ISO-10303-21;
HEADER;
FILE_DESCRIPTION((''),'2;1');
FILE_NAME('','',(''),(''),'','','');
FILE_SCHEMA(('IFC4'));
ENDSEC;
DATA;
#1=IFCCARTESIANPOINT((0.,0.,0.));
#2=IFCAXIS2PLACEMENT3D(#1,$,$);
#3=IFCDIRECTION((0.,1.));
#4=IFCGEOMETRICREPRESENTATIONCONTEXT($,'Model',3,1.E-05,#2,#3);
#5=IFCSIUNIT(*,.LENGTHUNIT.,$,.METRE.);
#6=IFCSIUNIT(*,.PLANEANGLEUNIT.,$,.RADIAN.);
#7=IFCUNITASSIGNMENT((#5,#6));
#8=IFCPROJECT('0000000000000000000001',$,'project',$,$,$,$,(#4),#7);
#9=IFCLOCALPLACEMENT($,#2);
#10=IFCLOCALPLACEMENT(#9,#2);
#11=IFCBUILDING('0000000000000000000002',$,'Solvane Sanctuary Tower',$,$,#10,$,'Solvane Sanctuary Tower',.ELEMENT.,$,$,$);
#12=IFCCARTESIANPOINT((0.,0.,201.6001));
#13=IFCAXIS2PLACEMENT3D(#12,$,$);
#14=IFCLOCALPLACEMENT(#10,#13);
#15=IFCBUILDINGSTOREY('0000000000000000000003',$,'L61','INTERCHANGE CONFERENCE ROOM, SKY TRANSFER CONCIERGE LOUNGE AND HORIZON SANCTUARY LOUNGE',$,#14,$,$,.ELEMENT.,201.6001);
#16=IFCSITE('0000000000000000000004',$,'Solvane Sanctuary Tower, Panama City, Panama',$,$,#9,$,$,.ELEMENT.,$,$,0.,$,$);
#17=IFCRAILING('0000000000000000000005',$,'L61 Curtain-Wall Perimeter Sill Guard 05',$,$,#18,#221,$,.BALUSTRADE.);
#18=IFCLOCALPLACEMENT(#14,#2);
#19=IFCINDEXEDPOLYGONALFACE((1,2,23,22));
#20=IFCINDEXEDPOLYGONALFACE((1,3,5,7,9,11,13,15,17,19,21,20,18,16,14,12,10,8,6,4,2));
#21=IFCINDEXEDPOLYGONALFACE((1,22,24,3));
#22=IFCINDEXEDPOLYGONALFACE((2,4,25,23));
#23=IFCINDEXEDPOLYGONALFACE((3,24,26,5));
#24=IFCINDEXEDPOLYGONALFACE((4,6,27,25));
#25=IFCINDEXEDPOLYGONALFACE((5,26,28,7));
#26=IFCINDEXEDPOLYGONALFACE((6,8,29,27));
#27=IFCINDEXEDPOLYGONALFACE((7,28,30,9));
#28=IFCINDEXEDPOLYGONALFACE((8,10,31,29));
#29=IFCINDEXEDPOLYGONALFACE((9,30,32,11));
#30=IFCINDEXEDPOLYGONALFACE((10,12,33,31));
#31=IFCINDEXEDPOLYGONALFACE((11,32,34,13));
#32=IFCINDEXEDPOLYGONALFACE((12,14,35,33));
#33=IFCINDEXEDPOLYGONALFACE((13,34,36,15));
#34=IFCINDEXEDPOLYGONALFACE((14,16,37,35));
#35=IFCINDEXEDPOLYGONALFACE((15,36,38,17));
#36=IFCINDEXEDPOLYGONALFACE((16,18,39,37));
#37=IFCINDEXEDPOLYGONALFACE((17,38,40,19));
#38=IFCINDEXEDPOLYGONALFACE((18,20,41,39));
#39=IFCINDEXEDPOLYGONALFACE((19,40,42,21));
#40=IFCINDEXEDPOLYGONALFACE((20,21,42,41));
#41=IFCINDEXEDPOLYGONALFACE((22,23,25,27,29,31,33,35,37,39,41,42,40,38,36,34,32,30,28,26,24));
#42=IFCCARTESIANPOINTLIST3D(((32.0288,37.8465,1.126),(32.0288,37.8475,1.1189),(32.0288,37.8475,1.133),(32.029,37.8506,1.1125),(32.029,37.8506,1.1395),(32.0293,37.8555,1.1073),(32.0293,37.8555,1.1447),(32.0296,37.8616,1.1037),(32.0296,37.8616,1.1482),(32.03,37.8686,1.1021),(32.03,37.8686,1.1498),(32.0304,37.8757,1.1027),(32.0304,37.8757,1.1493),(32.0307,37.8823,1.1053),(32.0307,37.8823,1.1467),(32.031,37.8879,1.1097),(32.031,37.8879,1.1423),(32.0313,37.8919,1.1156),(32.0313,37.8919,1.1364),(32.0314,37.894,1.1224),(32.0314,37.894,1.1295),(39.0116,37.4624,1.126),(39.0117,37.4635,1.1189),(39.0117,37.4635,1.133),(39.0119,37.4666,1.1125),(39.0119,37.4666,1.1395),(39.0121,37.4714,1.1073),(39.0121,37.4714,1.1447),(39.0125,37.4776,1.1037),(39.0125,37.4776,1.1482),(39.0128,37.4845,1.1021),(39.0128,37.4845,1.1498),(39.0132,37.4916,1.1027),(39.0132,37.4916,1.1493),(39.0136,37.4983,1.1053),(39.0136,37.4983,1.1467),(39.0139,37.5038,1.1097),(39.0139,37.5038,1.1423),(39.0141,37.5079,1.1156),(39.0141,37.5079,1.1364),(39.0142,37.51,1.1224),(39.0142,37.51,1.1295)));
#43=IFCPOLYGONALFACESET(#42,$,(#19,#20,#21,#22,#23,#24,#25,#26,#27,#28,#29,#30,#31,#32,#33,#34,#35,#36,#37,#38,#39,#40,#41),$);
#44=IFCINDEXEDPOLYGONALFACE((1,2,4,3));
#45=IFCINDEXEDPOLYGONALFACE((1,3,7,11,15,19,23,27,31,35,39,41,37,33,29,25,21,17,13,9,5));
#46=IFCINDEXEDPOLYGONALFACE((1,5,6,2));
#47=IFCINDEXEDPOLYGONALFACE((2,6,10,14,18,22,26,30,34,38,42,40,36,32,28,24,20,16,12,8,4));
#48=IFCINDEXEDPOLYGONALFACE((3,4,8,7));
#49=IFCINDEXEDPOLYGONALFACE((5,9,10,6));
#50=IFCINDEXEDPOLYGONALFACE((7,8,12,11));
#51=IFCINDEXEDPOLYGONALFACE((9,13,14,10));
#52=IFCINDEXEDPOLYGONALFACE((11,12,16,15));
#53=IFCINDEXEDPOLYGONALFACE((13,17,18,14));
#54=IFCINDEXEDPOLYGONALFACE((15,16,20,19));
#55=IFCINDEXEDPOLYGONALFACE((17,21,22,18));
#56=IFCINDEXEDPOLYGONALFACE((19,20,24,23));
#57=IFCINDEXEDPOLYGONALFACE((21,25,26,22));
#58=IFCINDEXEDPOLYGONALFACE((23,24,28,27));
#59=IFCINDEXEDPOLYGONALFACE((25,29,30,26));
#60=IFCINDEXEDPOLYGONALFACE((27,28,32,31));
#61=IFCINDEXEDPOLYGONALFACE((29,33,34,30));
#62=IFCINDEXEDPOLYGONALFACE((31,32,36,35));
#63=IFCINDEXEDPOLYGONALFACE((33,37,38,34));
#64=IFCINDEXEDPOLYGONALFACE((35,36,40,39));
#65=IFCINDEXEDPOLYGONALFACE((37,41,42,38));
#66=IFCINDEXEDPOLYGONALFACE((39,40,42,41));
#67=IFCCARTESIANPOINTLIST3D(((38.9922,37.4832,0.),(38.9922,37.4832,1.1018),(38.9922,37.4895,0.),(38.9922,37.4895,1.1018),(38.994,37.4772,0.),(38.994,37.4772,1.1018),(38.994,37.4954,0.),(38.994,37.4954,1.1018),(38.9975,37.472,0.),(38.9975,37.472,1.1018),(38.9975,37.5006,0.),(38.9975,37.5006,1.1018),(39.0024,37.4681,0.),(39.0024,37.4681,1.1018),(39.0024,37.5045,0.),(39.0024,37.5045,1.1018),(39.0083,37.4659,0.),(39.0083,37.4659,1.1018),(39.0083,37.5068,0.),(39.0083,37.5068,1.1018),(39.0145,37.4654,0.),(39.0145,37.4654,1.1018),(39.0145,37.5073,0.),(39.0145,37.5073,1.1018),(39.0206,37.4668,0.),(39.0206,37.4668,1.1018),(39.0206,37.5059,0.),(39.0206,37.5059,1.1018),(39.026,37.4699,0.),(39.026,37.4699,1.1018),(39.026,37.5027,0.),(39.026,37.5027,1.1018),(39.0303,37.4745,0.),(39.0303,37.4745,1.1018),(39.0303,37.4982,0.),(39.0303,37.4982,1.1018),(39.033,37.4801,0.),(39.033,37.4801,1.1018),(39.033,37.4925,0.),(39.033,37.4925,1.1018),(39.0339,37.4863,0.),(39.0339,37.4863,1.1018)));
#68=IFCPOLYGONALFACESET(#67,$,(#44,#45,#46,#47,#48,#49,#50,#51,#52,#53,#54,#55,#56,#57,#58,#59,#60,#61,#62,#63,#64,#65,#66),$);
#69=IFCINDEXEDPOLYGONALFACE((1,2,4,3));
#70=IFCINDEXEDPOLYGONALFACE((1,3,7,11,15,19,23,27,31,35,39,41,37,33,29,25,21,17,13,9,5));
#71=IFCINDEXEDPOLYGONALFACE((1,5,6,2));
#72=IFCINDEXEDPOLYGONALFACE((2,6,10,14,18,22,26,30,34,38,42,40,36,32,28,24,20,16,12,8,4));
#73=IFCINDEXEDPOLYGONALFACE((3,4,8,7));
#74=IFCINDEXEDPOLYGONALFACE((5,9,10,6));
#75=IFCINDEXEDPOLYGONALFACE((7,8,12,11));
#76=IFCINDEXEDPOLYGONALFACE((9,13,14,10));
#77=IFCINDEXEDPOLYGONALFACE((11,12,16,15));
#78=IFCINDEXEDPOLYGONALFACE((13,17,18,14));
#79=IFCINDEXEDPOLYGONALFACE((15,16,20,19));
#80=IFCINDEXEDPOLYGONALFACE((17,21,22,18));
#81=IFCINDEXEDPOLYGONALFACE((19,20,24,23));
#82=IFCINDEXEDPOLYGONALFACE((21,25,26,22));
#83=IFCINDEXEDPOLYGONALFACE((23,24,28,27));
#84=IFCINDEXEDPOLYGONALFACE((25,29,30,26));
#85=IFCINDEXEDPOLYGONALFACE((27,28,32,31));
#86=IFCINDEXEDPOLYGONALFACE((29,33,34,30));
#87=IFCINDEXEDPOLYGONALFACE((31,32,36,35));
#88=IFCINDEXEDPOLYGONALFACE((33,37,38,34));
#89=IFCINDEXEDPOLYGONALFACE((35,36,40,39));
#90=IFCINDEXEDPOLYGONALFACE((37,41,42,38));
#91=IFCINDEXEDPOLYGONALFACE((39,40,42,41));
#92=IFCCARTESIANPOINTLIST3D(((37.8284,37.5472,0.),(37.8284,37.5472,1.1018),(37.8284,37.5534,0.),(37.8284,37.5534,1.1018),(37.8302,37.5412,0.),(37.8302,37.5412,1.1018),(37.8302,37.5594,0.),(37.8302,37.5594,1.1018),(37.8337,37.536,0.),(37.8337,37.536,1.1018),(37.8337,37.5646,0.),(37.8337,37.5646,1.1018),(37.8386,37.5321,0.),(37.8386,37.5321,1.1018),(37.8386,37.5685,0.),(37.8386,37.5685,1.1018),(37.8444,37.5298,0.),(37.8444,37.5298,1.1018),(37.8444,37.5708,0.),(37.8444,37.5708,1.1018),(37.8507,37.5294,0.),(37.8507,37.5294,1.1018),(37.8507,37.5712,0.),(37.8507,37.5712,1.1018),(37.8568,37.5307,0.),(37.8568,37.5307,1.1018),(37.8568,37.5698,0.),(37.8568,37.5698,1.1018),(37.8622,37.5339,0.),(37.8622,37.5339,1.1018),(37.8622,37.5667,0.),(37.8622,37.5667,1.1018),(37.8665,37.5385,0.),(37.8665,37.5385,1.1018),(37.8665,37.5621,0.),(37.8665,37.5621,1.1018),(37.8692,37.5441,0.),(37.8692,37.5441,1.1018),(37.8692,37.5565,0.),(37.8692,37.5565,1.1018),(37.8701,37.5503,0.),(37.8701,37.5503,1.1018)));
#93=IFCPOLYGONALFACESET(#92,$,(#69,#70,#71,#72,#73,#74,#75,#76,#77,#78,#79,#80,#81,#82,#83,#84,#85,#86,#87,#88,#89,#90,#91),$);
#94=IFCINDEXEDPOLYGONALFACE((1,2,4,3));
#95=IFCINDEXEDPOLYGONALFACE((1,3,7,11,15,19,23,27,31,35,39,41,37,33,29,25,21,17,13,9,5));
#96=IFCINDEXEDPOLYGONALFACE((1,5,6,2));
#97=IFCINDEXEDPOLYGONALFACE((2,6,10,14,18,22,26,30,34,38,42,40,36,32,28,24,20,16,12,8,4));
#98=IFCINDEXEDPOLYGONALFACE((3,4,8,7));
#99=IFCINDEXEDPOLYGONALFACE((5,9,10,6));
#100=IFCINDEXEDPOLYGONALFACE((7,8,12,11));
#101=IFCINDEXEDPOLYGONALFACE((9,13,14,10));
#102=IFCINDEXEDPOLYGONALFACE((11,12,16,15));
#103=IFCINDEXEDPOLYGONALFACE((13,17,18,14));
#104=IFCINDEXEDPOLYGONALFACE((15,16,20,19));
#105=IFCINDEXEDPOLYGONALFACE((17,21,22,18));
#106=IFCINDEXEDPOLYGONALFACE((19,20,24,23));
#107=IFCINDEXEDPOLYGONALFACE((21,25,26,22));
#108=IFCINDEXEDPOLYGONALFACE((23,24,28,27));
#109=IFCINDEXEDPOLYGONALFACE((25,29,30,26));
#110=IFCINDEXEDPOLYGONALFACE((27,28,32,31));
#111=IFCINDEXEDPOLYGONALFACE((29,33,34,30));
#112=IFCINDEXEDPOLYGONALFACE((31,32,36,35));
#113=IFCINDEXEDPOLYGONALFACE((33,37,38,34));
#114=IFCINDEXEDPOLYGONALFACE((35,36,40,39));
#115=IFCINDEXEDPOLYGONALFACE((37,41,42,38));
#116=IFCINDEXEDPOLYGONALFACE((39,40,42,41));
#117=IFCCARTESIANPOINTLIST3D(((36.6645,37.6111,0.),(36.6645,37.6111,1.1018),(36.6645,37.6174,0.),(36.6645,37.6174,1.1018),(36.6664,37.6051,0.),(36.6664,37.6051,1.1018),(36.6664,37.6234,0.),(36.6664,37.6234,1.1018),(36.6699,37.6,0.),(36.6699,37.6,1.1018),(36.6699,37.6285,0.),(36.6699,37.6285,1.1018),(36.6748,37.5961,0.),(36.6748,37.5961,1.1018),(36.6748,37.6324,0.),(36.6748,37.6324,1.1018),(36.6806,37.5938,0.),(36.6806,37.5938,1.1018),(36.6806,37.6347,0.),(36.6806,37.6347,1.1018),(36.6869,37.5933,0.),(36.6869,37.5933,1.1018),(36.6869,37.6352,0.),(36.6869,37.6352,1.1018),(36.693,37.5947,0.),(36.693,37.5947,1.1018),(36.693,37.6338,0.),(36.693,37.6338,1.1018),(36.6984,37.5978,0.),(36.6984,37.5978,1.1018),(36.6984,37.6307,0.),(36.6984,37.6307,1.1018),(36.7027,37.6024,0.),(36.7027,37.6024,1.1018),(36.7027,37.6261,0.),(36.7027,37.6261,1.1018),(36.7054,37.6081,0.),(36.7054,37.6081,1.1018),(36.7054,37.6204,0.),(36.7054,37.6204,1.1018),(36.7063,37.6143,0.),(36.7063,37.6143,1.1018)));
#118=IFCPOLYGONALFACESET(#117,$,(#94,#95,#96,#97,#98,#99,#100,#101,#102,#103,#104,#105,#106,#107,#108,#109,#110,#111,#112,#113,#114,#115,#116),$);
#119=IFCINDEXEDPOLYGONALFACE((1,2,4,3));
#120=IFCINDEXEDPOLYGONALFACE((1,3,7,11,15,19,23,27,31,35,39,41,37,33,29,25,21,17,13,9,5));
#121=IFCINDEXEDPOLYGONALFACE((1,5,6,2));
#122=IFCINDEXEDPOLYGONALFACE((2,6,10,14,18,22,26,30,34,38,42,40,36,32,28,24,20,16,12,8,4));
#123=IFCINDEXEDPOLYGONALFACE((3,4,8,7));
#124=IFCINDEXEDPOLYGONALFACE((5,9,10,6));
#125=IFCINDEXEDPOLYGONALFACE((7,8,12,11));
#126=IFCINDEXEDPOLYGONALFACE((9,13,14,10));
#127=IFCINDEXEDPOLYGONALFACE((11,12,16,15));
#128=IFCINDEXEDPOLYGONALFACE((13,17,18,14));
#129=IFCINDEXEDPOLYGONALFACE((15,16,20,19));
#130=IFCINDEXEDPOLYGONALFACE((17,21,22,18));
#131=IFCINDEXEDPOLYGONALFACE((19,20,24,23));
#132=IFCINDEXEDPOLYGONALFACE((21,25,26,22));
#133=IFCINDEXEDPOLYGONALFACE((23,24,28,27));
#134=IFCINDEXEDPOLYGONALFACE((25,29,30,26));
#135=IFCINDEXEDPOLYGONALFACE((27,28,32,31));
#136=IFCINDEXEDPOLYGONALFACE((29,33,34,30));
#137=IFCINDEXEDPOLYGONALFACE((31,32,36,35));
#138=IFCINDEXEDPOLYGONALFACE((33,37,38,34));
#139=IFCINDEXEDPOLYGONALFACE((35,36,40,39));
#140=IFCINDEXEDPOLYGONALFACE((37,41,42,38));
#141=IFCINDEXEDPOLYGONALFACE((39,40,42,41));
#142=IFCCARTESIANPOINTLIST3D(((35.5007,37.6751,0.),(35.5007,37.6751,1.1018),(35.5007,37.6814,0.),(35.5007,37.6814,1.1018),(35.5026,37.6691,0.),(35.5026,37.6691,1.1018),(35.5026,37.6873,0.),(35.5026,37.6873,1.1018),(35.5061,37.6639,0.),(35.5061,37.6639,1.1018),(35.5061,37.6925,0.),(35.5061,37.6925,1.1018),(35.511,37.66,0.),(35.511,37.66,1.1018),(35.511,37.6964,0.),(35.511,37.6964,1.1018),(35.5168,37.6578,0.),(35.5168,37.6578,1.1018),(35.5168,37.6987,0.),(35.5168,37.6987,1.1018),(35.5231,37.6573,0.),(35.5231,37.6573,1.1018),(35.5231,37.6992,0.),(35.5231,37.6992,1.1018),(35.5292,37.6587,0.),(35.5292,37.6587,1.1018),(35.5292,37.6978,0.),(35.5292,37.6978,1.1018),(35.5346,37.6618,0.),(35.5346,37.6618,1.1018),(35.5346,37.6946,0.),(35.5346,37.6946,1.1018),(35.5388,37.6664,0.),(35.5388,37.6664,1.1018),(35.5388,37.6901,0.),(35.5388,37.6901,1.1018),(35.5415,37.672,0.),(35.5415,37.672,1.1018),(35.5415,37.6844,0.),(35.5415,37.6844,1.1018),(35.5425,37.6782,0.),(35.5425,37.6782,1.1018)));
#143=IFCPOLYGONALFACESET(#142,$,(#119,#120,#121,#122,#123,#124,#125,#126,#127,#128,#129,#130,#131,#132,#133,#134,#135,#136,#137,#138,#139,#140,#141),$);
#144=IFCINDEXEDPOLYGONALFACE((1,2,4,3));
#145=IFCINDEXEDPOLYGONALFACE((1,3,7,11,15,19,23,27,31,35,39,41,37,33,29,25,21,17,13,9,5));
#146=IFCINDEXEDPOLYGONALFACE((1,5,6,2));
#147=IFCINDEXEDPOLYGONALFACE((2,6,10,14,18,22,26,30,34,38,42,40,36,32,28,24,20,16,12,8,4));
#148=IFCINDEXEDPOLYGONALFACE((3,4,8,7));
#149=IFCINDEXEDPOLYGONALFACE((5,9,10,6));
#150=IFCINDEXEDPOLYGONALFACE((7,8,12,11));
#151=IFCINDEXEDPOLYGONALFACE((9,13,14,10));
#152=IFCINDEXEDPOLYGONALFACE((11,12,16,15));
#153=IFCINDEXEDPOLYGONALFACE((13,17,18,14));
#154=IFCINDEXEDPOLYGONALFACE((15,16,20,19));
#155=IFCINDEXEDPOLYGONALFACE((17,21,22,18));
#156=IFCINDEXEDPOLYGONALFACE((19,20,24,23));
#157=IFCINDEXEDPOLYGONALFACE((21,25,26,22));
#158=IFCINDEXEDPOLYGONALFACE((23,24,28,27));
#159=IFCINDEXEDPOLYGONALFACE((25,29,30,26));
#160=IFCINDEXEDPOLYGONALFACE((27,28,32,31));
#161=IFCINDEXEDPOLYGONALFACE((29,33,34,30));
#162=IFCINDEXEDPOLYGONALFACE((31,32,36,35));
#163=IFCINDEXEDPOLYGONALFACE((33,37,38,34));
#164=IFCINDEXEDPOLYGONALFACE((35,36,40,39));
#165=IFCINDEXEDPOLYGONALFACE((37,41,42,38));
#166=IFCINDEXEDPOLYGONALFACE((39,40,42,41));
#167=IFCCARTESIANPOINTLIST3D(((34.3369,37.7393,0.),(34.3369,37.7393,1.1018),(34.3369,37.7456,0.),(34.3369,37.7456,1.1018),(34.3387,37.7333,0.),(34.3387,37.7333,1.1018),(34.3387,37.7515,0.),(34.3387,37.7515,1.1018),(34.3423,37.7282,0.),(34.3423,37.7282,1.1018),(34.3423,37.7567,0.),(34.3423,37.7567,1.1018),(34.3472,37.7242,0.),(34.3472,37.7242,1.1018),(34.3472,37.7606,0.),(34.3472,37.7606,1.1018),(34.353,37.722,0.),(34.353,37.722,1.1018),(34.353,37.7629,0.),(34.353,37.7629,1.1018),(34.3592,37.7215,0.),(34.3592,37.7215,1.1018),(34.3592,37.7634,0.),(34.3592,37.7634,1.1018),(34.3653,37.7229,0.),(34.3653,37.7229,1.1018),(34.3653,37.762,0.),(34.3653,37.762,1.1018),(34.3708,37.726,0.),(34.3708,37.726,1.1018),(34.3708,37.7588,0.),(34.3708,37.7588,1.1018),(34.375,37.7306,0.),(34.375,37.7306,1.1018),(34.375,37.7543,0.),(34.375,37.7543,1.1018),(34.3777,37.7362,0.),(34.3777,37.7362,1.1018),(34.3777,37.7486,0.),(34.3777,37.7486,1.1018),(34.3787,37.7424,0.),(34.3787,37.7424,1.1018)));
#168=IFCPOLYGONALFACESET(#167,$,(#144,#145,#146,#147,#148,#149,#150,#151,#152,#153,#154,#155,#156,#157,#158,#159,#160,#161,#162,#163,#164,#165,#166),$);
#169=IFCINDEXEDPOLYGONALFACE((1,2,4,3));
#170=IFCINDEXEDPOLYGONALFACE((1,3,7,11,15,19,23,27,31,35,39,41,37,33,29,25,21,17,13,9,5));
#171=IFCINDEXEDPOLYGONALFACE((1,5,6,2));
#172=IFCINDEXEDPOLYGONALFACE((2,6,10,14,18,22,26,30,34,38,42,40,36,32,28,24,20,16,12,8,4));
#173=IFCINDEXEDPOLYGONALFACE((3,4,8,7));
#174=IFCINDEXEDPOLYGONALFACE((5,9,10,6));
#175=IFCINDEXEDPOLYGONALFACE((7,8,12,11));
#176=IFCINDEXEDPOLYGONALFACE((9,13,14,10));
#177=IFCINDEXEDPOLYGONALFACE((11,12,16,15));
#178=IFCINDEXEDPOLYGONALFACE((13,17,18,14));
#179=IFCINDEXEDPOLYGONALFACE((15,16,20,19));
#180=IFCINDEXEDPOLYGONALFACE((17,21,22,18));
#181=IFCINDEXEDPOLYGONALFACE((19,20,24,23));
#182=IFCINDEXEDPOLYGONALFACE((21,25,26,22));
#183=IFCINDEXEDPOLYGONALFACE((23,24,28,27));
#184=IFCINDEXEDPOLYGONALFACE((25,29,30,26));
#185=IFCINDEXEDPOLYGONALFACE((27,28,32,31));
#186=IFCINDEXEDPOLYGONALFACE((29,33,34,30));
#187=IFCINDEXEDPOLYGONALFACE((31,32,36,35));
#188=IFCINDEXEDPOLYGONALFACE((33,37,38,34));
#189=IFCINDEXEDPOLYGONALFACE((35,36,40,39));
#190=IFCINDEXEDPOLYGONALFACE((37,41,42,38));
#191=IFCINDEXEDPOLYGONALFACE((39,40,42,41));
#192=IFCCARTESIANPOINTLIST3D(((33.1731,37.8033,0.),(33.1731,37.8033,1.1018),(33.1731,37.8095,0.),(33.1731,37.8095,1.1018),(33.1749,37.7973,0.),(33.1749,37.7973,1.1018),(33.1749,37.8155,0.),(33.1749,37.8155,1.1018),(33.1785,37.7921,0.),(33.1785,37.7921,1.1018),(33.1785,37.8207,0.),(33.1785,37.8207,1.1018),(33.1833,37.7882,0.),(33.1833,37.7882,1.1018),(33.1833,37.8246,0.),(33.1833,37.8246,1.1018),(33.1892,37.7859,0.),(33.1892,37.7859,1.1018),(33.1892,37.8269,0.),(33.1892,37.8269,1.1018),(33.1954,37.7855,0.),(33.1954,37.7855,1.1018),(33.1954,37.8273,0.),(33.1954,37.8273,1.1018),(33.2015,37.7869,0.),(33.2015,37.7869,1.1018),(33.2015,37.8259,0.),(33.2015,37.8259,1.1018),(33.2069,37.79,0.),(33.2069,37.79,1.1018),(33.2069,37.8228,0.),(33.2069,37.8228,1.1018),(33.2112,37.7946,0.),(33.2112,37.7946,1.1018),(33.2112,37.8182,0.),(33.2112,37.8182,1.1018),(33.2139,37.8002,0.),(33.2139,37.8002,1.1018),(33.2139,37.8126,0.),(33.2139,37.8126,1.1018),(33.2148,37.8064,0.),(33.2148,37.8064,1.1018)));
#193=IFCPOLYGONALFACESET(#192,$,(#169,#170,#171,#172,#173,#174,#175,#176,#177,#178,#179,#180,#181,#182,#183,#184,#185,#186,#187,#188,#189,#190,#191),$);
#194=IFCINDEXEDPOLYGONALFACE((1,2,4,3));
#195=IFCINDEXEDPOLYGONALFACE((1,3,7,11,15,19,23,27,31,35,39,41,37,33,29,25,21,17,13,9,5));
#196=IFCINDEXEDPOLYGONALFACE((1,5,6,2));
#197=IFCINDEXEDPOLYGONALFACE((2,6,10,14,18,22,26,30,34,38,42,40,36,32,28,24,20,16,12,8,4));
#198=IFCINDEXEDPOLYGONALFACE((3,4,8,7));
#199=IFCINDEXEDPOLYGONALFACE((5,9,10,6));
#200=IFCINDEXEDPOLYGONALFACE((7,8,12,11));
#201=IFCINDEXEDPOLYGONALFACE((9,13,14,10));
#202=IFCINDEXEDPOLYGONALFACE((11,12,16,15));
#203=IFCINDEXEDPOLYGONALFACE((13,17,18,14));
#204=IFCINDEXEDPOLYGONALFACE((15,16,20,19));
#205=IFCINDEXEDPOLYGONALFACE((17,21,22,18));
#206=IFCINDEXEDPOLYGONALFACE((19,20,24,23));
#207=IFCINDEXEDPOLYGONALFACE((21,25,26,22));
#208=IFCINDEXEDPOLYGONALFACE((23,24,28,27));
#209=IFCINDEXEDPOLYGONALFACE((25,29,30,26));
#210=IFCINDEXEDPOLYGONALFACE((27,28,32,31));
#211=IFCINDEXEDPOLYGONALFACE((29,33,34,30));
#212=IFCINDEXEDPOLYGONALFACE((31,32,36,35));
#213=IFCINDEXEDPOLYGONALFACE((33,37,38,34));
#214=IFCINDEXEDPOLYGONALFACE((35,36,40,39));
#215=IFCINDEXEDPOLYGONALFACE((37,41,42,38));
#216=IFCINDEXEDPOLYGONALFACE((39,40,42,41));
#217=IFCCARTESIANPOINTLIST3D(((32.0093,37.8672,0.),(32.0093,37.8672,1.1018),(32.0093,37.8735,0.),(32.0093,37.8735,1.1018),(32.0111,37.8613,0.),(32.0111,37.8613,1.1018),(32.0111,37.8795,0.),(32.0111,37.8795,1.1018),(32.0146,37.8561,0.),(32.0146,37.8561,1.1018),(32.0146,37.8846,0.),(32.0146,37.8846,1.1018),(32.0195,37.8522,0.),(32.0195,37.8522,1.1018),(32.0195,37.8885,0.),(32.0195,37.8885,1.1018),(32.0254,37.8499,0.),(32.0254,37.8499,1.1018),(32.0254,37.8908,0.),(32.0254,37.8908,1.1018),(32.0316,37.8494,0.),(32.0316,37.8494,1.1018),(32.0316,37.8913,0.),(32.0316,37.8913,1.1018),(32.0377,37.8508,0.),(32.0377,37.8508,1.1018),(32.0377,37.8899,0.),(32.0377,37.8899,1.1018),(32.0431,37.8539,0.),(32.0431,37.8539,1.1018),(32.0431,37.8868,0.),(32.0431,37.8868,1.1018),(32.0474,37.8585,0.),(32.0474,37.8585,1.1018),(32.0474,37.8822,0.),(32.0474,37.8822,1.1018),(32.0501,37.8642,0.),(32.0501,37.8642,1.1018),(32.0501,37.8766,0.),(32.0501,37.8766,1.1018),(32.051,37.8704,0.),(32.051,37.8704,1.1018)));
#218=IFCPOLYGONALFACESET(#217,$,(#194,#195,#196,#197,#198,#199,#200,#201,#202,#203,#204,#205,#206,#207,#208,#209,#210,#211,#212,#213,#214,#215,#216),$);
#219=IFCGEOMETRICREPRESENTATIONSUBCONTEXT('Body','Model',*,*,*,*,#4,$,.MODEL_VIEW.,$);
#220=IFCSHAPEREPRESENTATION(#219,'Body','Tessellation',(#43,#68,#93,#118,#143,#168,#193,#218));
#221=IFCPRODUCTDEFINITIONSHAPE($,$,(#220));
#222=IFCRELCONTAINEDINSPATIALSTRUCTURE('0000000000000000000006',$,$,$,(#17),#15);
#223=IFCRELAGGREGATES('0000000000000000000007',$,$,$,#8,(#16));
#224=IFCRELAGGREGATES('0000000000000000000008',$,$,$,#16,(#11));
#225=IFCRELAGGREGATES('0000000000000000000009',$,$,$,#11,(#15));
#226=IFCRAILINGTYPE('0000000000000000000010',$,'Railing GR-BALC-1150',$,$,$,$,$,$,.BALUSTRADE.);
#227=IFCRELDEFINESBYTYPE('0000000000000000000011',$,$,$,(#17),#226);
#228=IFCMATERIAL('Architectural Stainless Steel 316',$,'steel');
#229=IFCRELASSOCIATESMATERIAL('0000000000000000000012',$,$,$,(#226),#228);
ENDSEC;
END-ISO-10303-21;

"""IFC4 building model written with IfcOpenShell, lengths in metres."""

from ifc_helpers import new_model, si_unit, direction, frame, origin, origin_2d, place, context, subcontext, project, spatial, circle, extrude, material, type_object, element, save


model = new_model("IFC4")

# Units and contexts
model_context = context("Model", 3, precision=1e-05, world=origin(), true_north=direction((0.0, 1.0)))
body_context = subcontext(model_context, "Body", "Model", "MODEL_VIEW")
ifc_project = project(units=[si_unit("LENGTHUNIT", "METRE"), si_unit("PLANEANGLEUNIT", "RADIAN")], contexts=[model_context])

# Site, building, storey
site_placement = place(None, origin())
site = spatial("IfcSite", under=ifc_project, at=site_placement, Name="Solvane Sanctuary Tower, Panama City, Panama", CompositionType="ELEMENT", RefElevation=0.0)
building_placement = place(site_placement, origin())
building = spatial("IfcBuilding", under=site, at=building_placement, Name="Solvane Sanctuary Tower", LongName="Solvane Sanctuary Tower", CompositionType="ELEMENT")
storey_placement = place(building_placement, frame((0.0, 0.0, 201.6001)))
storey = spatial("IfcBuildingStorey", under=building, at=storey_placement, Name="L61", Description="INTERCHANGE CONFERENCE ROOM, SKY TRANSFER CONCIERGE LOUNGE AND HORIZON SANCTUARY LOUNGE", CompositionType="ELEMENT", Elevation=201.6001)

# Shared definitions
ifc_material_1 = material(Name="Architectural Stainless Steel 316", Category="steel")

# Railing
railing_type_1 = type_object("IfcRailingType", Name="Railing GR-BALC-1150", PredefinedType="BALUSTRADE", material=ifc_material_1)
railing_1_placement = place(storey_placement, frame((39.0129, 37.4863, 0.0)))
element("IfcRailing", 1, at=railing_1_placement, inside=storey, type_object=railing_type_1, Name="L61 Curtain-Wall Perimeter Sill Guard 05", PredefinedType="BALUSTRADE", context=body_context, shape_type="SweptSolid", body=[
    extrude(circle(Radius=0.0239, at=origin_2d()), frame((0.0, 0.0, 1.126), z_axis=(-0.998491, 0.054913, 0.0), x_axis=(-0.054913, -0.998491, 0.0)), (0.0, 0.0, 1.0), 6.9934),
    extrude(circle(Radius=0.021, at=origin_2d()), origin(), (0.0, 0.0, 1.0), 1.1018),
    extrude(circle(Radius=0.021, at=origin_2d()), frame((-1.1638, 0.064, 0.0)), (0.0, 0.0, 1.0), 1.1018),
    extrude(circle(Radius=0.021, at=origin_2d()), frame((-2.3276, 0.1279, 0.0)), (0.0, 0.0, 1.0), 1.1018),
    extrude(circle(Radius=0.021, at=origin_2d()), frame((-3.4915, 0.1919, 0.0)), (0.0, 0.0, 1.0), 1.1018),
    extrude(circle(Radius=0.021, at=origin_2d()), frame((-4.6553, 0.2561, 0.0)), (0.0, 0.0, 1.0), 1.1018),
    extrude(circle(Radius=0.021, at=origin_2d()), frame((-5.8191, 0.3201, 0.0)), (0.0, 0.0, 1.0), 1.1018),
    extrude(circle(Radius=0.021, at=origin_2d()), frame((-6.9829, 0.384, 0.0)), (0.0, 0.0, 1.0), 1.1018),
])

save(model, "model.ifc")
